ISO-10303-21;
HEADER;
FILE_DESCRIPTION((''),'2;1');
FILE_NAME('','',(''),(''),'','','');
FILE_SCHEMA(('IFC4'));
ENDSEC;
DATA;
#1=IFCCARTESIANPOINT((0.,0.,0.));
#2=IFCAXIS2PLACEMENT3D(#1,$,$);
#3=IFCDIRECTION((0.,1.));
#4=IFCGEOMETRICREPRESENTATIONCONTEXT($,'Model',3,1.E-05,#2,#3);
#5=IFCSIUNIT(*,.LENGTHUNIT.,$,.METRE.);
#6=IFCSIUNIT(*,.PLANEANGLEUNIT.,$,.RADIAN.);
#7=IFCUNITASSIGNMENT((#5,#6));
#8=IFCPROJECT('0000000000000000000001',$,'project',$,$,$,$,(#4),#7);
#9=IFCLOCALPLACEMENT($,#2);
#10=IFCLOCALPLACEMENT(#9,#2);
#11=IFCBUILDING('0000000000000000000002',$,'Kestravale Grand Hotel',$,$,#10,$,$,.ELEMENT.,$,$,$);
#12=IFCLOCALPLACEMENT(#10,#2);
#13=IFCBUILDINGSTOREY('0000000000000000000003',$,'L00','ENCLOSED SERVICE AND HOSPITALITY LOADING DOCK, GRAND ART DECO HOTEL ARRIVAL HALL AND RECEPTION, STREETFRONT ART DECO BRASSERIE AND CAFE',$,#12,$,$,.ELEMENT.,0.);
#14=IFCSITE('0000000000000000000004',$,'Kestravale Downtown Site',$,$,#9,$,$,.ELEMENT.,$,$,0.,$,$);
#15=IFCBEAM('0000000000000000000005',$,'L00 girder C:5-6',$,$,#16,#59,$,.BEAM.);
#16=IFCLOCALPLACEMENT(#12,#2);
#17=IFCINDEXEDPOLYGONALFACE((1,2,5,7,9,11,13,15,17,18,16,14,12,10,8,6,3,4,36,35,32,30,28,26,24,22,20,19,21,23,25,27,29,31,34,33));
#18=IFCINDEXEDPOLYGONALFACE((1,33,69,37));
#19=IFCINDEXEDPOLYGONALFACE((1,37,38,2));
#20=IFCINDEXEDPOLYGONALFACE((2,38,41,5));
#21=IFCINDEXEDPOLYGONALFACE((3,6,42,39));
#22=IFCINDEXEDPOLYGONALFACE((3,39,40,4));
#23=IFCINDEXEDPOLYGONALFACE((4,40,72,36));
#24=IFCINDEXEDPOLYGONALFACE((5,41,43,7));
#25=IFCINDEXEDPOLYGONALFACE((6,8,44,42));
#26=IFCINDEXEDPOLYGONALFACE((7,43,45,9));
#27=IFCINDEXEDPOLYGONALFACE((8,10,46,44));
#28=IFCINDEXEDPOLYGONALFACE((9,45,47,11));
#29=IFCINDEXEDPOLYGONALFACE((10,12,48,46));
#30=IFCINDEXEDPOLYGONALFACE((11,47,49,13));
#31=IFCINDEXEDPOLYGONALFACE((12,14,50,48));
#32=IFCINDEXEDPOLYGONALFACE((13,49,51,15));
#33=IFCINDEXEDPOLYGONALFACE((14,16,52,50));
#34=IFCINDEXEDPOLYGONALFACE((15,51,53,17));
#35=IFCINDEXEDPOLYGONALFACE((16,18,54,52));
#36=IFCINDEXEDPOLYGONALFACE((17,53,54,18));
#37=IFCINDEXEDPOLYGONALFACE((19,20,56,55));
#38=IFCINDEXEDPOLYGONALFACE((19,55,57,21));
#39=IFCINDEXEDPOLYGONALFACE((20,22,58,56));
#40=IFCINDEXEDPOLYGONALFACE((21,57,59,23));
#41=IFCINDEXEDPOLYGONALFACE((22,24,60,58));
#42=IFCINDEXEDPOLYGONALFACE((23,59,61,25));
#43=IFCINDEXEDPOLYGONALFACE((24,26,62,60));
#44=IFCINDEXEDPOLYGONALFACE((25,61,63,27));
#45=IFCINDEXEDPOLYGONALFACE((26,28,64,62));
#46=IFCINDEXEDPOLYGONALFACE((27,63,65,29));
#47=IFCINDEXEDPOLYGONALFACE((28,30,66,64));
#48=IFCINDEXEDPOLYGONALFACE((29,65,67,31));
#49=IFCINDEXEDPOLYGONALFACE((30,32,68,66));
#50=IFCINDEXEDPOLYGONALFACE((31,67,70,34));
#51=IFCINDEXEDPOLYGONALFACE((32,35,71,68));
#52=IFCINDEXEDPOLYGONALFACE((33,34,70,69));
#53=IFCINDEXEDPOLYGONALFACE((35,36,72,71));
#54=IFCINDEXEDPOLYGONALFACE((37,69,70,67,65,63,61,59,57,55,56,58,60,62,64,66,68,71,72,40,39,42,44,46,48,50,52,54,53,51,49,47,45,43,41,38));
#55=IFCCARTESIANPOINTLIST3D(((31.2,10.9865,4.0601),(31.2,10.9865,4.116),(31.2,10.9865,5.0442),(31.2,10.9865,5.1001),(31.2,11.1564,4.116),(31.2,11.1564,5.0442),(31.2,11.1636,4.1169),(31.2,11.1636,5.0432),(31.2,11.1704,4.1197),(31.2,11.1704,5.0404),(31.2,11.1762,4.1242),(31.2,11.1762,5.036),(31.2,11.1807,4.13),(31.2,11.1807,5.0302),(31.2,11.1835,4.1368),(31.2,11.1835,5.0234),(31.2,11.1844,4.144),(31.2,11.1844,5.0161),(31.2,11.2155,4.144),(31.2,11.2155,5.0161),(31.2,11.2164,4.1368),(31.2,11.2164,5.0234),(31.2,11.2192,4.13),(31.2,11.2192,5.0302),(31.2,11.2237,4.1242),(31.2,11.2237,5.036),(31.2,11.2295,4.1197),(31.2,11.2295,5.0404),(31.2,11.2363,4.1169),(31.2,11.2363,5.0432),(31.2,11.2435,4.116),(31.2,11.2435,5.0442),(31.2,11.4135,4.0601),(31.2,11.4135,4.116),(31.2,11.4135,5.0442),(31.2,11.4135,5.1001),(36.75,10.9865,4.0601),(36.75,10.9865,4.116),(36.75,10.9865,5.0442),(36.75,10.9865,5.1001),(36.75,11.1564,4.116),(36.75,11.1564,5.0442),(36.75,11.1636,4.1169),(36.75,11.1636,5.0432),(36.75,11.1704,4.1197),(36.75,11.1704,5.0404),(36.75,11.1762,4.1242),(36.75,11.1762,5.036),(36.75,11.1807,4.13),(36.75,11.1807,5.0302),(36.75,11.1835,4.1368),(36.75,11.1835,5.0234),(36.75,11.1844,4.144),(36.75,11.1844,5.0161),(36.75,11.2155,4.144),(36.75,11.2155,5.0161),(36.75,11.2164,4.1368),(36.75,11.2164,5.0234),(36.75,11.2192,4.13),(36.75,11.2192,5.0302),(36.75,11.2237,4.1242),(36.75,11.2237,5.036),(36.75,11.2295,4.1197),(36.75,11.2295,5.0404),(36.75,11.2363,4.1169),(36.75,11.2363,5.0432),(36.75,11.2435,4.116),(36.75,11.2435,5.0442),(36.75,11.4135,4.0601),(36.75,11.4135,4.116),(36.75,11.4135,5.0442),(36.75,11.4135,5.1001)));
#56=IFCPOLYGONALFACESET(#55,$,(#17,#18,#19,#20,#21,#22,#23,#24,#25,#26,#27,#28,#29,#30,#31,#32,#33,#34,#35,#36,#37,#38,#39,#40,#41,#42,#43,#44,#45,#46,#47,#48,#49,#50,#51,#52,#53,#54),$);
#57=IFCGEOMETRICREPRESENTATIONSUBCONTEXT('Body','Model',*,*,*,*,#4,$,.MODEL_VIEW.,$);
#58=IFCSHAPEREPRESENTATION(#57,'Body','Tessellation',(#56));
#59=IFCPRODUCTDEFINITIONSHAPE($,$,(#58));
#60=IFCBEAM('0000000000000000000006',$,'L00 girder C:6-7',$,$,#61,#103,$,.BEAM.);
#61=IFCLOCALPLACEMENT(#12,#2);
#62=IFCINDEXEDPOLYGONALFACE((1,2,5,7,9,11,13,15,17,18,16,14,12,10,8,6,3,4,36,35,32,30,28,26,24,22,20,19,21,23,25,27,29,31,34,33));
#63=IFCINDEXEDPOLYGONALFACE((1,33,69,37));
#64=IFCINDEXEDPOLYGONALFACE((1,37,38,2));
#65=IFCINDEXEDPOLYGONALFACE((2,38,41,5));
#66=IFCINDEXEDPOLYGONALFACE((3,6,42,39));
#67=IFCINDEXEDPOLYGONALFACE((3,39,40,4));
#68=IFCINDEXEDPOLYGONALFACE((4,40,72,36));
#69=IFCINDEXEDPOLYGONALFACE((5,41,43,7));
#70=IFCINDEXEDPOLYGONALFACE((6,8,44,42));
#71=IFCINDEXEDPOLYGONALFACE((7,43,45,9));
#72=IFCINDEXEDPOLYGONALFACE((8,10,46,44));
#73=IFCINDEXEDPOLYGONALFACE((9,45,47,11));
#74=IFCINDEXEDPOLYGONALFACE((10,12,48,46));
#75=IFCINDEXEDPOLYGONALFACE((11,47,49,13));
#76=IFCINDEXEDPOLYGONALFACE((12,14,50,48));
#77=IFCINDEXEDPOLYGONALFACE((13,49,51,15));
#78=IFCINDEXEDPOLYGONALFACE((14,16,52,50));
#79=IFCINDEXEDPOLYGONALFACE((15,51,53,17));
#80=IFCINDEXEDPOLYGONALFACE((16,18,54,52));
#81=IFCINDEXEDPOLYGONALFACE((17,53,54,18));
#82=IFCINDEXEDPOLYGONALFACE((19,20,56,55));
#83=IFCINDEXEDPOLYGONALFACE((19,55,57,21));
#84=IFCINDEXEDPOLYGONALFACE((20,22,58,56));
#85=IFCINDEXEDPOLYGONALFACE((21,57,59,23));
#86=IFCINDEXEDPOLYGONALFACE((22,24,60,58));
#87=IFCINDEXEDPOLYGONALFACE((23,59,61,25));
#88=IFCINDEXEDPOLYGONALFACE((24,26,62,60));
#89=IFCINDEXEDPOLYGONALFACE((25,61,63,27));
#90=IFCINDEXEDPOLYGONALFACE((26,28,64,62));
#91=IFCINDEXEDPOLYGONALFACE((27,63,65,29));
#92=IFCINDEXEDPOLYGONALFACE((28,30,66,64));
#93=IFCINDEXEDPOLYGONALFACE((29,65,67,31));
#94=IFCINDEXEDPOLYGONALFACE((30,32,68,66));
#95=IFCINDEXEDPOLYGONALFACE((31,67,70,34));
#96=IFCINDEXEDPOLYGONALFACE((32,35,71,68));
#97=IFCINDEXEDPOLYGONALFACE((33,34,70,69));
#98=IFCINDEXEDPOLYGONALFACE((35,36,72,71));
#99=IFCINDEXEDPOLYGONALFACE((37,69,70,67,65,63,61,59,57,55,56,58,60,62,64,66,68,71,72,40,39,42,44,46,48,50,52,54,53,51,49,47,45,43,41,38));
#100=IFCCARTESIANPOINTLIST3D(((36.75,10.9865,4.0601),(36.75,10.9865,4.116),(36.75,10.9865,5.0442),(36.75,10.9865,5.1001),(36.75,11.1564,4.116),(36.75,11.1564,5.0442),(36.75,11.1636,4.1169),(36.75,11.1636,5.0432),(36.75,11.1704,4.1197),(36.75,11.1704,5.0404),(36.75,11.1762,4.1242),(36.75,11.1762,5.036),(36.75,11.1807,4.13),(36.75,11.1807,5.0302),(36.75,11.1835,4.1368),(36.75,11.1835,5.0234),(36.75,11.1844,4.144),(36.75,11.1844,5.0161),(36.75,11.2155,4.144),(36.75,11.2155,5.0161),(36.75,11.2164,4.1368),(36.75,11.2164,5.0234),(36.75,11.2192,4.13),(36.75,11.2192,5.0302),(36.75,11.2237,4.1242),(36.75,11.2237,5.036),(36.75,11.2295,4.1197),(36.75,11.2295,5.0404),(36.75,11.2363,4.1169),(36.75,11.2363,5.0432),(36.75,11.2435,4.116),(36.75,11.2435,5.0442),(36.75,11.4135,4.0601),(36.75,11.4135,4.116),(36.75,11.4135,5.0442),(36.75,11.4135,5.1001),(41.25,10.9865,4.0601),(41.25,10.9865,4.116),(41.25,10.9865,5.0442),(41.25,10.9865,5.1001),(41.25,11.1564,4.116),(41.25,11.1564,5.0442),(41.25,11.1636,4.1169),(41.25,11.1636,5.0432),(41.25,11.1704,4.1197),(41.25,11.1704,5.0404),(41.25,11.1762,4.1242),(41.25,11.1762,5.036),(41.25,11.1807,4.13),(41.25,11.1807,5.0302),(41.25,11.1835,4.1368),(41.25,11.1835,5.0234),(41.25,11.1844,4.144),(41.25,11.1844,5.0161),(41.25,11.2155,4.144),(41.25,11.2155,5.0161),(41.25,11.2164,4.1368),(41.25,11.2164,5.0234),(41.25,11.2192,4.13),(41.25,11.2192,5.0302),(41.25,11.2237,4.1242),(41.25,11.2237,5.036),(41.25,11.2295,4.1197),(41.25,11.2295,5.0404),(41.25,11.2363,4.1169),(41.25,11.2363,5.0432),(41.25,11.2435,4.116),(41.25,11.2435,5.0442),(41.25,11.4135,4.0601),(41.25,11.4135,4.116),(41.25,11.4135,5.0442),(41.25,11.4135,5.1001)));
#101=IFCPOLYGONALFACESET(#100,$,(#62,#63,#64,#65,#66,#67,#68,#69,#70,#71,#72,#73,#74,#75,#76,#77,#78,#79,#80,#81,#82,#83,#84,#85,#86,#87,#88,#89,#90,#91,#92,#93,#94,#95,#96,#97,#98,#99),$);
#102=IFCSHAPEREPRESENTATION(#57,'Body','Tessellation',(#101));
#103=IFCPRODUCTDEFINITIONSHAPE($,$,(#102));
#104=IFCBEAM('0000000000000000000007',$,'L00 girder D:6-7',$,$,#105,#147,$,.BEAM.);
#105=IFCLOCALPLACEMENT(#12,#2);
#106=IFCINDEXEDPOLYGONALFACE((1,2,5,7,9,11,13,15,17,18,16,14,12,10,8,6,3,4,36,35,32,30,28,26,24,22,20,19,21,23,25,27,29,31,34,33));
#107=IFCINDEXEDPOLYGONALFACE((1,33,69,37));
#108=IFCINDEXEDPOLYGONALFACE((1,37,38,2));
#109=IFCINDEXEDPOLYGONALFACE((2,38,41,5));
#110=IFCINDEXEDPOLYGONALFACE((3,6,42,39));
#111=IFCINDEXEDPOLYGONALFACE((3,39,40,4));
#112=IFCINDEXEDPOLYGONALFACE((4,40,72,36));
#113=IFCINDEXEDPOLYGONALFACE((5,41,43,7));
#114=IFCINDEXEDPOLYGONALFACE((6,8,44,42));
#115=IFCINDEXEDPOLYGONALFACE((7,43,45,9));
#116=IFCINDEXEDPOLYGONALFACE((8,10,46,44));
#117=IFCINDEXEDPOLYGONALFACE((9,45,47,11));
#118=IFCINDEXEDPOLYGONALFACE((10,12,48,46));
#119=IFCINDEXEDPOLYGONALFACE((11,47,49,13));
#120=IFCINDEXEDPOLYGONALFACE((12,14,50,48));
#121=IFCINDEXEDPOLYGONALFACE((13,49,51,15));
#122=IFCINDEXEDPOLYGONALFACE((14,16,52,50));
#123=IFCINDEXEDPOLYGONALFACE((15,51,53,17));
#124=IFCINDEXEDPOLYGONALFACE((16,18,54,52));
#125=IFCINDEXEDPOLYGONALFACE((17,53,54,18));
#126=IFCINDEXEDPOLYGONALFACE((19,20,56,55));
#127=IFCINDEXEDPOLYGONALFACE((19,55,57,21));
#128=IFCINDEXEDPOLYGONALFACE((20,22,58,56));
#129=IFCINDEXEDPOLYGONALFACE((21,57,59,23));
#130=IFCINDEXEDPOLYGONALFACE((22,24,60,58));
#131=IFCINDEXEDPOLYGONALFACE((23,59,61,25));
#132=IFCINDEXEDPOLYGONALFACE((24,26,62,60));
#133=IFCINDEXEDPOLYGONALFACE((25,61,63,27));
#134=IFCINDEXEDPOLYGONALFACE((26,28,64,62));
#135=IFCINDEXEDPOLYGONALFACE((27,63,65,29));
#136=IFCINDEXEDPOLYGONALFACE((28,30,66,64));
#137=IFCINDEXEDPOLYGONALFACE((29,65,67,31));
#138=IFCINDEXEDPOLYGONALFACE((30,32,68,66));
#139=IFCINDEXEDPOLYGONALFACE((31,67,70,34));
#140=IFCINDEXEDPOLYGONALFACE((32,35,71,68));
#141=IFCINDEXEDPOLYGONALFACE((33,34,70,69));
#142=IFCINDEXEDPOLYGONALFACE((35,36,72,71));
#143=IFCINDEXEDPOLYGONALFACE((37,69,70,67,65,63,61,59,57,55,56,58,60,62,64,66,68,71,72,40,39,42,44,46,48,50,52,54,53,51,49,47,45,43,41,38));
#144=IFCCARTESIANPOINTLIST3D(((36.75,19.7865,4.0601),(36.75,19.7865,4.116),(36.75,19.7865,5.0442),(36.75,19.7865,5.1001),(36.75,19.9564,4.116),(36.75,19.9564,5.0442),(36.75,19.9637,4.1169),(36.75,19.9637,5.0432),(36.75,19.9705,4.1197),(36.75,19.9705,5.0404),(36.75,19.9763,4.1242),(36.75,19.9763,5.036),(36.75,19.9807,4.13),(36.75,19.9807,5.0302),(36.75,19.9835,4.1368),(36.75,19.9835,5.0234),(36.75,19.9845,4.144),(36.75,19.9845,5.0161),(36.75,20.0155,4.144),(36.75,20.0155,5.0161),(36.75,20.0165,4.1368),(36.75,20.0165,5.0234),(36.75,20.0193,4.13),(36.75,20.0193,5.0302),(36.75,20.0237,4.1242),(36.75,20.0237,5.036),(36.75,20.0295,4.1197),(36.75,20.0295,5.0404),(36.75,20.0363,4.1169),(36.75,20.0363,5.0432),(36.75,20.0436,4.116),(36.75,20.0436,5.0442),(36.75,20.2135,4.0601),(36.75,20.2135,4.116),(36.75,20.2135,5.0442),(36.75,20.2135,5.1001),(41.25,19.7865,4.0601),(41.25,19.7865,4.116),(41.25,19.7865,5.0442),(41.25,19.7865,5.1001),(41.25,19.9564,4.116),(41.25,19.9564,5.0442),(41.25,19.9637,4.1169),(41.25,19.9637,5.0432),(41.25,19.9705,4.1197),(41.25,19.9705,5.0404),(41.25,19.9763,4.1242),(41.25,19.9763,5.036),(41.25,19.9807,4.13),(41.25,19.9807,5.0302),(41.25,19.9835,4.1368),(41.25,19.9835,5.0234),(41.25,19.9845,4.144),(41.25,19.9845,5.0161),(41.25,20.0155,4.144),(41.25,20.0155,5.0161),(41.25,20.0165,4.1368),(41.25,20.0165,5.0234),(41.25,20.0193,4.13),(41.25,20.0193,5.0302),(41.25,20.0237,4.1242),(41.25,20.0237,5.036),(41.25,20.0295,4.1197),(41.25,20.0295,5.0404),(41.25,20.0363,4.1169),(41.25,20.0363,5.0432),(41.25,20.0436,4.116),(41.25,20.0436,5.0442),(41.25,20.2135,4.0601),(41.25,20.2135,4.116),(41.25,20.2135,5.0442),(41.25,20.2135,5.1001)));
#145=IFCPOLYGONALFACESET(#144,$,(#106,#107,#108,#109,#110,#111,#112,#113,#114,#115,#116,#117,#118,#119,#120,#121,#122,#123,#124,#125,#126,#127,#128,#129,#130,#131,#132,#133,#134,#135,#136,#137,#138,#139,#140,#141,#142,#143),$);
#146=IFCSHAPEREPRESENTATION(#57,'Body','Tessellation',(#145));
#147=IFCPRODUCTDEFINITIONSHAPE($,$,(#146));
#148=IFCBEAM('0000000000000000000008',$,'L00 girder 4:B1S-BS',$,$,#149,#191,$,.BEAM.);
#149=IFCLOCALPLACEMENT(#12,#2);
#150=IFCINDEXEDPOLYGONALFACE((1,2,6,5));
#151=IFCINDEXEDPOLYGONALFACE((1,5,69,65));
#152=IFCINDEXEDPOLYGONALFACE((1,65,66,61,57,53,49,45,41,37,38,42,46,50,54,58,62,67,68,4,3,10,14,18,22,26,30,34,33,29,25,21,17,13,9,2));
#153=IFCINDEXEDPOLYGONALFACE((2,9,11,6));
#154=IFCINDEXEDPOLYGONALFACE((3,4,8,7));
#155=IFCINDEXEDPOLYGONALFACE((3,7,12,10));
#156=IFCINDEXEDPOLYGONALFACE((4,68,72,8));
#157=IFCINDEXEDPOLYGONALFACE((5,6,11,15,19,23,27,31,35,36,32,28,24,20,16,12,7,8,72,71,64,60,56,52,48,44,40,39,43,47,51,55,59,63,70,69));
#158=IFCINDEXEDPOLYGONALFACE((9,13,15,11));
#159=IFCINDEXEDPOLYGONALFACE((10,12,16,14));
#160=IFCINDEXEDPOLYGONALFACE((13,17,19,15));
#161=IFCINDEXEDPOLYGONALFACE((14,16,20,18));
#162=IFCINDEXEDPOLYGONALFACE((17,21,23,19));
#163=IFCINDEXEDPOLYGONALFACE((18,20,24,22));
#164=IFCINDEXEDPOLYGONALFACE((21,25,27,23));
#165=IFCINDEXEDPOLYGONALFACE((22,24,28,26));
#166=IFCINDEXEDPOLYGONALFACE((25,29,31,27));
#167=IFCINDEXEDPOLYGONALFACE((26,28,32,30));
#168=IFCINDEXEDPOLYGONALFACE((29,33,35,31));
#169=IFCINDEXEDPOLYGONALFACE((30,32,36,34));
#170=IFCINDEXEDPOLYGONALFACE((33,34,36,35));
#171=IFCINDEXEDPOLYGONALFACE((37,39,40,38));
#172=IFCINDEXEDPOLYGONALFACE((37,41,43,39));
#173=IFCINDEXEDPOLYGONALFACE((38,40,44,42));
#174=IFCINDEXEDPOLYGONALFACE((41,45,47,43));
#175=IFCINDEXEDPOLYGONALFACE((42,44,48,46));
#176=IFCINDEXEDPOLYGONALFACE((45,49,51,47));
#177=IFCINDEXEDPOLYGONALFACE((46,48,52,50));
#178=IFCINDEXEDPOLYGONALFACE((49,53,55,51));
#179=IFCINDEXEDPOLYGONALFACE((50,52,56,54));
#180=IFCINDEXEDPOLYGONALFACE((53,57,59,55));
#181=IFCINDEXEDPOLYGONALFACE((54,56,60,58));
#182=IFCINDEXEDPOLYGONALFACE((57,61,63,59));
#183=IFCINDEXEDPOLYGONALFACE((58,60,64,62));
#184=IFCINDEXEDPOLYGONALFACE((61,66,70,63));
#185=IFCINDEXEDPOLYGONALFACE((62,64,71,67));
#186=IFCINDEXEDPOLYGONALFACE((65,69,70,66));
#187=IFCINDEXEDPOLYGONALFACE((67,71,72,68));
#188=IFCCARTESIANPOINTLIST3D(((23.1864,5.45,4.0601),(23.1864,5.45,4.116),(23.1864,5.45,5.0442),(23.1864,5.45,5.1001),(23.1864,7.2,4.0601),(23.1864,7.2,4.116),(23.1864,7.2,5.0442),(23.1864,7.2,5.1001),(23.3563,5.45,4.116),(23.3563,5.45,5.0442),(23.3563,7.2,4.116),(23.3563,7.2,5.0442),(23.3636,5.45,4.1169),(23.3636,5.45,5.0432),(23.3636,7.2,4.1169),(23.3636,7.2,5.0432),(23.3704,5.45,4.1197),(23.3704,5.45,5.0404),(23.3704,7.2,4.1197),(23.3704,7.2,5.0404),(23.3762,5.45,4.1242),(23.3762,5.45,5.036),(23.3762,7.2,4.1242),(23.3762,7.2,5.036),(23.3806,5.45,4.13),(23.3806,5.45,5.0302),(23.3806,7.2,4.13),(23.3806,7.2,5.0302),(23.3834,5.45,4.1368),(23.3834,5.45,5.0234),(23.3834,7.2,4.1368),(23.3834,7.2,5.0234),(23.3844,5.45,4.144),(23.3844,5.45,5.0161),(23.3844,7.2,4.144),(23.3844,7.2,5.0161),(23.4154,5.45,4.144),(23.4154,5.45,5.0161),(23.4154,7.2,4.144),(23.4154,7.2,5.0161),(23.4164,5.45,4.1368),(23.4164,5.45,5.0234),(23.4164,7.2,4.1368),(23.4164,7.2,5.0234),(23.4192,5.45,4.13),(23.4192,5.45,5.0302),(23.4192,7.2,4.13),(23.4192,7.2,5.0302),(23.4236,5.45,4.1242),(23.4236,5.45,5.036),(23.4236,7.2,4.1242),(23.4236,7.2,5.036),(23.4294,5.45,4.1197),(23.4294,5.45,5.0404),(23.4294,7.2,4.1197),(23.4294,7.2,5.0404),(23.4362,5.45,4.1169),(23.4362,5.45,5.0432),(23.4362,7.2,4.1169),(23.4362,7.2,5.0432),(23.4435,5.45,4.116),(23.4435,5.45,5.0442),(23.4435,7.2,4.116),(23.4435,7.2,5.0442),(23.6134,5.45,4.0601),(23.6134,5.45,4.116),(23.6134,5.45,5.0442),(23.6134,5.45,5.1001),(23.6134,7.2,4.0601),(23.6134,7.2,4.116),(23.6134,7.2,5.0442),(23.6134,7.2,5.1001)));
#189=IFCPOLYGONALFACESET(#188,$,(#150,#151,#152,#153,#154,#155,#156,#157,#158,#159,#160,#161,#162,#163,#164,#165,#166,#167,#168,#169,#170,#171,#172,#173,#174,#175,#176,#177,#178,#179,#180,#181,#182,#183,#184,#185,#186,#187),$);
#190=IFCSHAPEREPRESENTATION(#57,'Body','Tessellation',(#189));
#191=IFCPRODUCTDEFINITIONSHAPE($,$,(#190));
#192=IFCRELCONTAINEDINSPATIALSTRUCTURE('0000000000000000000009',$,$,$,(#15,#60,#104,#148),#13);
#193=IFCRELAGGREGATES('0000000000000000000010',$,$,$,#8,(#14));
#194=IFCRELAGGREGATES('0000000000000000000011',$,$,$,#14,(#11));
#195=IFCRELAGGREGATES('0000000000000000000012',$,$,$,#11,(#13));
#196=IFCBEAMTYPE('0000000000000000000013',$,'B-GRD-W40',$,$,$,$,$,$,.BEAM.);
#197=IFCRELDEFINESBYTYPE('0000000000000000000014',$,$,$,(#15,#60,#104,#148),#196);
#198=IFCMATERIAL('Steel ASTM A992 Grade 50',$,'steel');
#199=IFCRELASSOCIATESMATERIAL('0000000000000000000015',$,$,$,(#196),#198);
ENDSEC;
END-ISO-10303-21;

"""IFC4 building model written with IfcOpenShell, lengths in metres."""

from ifc_helpers import new_model, si_unit, direction, frame, origin, origin_2d, place, context, subcontext, project, spatial, i_section, extrude, material, material_profile, profile_set, type_object, element, save


model = new_model("IFC4")

# Units and contexts
model_context = context("Model", 3, precision=1e-05, world=origin(), true_north=direction((0.0, 1.0)))
body_context = subcontext(model_context, "Body", "Model", "MODEL_VIEW")
ifc_project = project(units=[si_unit("LENGTHUNIT", "METRE"), si_unit("PLANEANGLEUNIT", "RADIAN")], contexts=[model_context])

# Site, building, storey
site_placement = place(None, origin())
site = spatial("IfcSite", under=ifc_project, at=site_placement, Name="Kestravale Downtown Site", CompositionType="ELEMENT", RefElevation=0.0)
building_placement = place(site_placement, origin())
building = spatial("IfcBuilding", under=site, at=building_placement, Name="Kestravale Grand Hotel", CompositionType="ELEMENT")
storey_placement = place(building_placement, origin())
storey = spatial("IfcBuildingStorey", under=building, at=storey_placement, Name="L00", Description="ENCLOSED SERVICE AND HOSPITALITY LOADING DOCK, GRAND ART DECO HOTEL ARRIVAL HALL AND RECEPTION, STREETFRONT ART DECO BRASSERIE AND CAFE", CompositionType="ELEMENT", Elevation=0.0)

# Beams
ifc_material_1 = material(Name="Steel ASTM A992 Grade 50", Category="steel")
ifc_material_profile_1 = material_profile(ifc_material_1, i_section(OverallWidth=0.427, OverallDepth=1.04, WebThickness=0.031, FlangeThickness=0.0559, FilletRadius=0.0281, at=origin_2d()))
ifc_profile_set_1 = profile_set([ifc_material_profile_1], Name="Steel ASTM A992 Grade 50")
beam_type_1 = type_object("IfcBeamType", Name="B-GRD-W40", PredefinedType="BEAM", material=ifc_profile_set_1)
beam_1_placement = place(storey_placement, frame((31.2, 11.2, 4.5801), z_axis=(1.0, 0.0, 0.0), x_axis=(0.0, 1.0, 0.0)))
element("IfcBeam", 1, at=beam_1_placement, inside=storey, type_object=beam_type_1, Name="L00 girder C:5-6", PredefinedType="BEAM", context=body_context, shape_type="SweptSolid", body=[
    extrude(i_section(OverallWidth=0.427, OverallDepth=1.04, WebThickness=0.031, FlangeThickness=0.0559, FilletRadius=0.0281, at=origin_2d()), origin(), (0.0, 0.0, 1.0), 5.55),
])
for number, where, z_axis, x_axis, name in (
    (2, (36.75, 11.2, 4.5801), (1.0, 0.0, 0.0), (0.0, 1.0, 0.0), "L00 girder C:6-7"),
    (3, (36.75, 20.0, 4.5801), (1.0, 0.0, 0.0), (0.0, 1.0, 0.0), "L00 girder D:6-7"),
):
    element("IfcBeam", number, at=place(storey_placement, frame(where, z_axis=z_axis, x_axis=x_axis)), inside=storey, type_object=beam_type_1, Name=name, PredefinedType="BEAM", context=body_context, shape_type="SweptSolid", body=[
        extrude(i_section(OverallWidth=0.427, OverallDepth=1.04, WebThickness=0.031, FlangeThickness=0.0559, FilletRadius=0.0281, at=origin_2d()), origin(), (0.0, 0.0, 1.0), 4.5),
    ])
beam_2_placement = place(storey_placement, frame((23.3999, 5.45, 4.5801), z_axis=(0.0, 1.0, 0.0), x_axis=(-1.0, 0.0, 0.0)))
element("IfcBeam", 4, at=beam_2_placement, inside=storey, type_object=beam_type_1, Name="L00 girder 4:B1S-BS", PredefinedType="BEAM", context=body_context, shape_type="SweptSolid", body=[
    extrude(i_section(OverallWidth=0.427, OverallDepth=1.04, WebThickness=0.031, FlangeThickness=0.0559, FilletRadius=0.0281, at=origin_2d()), origin(), (0.0, 0.0, 1.0), 1.75),
])

save(model, "model.ifc")
